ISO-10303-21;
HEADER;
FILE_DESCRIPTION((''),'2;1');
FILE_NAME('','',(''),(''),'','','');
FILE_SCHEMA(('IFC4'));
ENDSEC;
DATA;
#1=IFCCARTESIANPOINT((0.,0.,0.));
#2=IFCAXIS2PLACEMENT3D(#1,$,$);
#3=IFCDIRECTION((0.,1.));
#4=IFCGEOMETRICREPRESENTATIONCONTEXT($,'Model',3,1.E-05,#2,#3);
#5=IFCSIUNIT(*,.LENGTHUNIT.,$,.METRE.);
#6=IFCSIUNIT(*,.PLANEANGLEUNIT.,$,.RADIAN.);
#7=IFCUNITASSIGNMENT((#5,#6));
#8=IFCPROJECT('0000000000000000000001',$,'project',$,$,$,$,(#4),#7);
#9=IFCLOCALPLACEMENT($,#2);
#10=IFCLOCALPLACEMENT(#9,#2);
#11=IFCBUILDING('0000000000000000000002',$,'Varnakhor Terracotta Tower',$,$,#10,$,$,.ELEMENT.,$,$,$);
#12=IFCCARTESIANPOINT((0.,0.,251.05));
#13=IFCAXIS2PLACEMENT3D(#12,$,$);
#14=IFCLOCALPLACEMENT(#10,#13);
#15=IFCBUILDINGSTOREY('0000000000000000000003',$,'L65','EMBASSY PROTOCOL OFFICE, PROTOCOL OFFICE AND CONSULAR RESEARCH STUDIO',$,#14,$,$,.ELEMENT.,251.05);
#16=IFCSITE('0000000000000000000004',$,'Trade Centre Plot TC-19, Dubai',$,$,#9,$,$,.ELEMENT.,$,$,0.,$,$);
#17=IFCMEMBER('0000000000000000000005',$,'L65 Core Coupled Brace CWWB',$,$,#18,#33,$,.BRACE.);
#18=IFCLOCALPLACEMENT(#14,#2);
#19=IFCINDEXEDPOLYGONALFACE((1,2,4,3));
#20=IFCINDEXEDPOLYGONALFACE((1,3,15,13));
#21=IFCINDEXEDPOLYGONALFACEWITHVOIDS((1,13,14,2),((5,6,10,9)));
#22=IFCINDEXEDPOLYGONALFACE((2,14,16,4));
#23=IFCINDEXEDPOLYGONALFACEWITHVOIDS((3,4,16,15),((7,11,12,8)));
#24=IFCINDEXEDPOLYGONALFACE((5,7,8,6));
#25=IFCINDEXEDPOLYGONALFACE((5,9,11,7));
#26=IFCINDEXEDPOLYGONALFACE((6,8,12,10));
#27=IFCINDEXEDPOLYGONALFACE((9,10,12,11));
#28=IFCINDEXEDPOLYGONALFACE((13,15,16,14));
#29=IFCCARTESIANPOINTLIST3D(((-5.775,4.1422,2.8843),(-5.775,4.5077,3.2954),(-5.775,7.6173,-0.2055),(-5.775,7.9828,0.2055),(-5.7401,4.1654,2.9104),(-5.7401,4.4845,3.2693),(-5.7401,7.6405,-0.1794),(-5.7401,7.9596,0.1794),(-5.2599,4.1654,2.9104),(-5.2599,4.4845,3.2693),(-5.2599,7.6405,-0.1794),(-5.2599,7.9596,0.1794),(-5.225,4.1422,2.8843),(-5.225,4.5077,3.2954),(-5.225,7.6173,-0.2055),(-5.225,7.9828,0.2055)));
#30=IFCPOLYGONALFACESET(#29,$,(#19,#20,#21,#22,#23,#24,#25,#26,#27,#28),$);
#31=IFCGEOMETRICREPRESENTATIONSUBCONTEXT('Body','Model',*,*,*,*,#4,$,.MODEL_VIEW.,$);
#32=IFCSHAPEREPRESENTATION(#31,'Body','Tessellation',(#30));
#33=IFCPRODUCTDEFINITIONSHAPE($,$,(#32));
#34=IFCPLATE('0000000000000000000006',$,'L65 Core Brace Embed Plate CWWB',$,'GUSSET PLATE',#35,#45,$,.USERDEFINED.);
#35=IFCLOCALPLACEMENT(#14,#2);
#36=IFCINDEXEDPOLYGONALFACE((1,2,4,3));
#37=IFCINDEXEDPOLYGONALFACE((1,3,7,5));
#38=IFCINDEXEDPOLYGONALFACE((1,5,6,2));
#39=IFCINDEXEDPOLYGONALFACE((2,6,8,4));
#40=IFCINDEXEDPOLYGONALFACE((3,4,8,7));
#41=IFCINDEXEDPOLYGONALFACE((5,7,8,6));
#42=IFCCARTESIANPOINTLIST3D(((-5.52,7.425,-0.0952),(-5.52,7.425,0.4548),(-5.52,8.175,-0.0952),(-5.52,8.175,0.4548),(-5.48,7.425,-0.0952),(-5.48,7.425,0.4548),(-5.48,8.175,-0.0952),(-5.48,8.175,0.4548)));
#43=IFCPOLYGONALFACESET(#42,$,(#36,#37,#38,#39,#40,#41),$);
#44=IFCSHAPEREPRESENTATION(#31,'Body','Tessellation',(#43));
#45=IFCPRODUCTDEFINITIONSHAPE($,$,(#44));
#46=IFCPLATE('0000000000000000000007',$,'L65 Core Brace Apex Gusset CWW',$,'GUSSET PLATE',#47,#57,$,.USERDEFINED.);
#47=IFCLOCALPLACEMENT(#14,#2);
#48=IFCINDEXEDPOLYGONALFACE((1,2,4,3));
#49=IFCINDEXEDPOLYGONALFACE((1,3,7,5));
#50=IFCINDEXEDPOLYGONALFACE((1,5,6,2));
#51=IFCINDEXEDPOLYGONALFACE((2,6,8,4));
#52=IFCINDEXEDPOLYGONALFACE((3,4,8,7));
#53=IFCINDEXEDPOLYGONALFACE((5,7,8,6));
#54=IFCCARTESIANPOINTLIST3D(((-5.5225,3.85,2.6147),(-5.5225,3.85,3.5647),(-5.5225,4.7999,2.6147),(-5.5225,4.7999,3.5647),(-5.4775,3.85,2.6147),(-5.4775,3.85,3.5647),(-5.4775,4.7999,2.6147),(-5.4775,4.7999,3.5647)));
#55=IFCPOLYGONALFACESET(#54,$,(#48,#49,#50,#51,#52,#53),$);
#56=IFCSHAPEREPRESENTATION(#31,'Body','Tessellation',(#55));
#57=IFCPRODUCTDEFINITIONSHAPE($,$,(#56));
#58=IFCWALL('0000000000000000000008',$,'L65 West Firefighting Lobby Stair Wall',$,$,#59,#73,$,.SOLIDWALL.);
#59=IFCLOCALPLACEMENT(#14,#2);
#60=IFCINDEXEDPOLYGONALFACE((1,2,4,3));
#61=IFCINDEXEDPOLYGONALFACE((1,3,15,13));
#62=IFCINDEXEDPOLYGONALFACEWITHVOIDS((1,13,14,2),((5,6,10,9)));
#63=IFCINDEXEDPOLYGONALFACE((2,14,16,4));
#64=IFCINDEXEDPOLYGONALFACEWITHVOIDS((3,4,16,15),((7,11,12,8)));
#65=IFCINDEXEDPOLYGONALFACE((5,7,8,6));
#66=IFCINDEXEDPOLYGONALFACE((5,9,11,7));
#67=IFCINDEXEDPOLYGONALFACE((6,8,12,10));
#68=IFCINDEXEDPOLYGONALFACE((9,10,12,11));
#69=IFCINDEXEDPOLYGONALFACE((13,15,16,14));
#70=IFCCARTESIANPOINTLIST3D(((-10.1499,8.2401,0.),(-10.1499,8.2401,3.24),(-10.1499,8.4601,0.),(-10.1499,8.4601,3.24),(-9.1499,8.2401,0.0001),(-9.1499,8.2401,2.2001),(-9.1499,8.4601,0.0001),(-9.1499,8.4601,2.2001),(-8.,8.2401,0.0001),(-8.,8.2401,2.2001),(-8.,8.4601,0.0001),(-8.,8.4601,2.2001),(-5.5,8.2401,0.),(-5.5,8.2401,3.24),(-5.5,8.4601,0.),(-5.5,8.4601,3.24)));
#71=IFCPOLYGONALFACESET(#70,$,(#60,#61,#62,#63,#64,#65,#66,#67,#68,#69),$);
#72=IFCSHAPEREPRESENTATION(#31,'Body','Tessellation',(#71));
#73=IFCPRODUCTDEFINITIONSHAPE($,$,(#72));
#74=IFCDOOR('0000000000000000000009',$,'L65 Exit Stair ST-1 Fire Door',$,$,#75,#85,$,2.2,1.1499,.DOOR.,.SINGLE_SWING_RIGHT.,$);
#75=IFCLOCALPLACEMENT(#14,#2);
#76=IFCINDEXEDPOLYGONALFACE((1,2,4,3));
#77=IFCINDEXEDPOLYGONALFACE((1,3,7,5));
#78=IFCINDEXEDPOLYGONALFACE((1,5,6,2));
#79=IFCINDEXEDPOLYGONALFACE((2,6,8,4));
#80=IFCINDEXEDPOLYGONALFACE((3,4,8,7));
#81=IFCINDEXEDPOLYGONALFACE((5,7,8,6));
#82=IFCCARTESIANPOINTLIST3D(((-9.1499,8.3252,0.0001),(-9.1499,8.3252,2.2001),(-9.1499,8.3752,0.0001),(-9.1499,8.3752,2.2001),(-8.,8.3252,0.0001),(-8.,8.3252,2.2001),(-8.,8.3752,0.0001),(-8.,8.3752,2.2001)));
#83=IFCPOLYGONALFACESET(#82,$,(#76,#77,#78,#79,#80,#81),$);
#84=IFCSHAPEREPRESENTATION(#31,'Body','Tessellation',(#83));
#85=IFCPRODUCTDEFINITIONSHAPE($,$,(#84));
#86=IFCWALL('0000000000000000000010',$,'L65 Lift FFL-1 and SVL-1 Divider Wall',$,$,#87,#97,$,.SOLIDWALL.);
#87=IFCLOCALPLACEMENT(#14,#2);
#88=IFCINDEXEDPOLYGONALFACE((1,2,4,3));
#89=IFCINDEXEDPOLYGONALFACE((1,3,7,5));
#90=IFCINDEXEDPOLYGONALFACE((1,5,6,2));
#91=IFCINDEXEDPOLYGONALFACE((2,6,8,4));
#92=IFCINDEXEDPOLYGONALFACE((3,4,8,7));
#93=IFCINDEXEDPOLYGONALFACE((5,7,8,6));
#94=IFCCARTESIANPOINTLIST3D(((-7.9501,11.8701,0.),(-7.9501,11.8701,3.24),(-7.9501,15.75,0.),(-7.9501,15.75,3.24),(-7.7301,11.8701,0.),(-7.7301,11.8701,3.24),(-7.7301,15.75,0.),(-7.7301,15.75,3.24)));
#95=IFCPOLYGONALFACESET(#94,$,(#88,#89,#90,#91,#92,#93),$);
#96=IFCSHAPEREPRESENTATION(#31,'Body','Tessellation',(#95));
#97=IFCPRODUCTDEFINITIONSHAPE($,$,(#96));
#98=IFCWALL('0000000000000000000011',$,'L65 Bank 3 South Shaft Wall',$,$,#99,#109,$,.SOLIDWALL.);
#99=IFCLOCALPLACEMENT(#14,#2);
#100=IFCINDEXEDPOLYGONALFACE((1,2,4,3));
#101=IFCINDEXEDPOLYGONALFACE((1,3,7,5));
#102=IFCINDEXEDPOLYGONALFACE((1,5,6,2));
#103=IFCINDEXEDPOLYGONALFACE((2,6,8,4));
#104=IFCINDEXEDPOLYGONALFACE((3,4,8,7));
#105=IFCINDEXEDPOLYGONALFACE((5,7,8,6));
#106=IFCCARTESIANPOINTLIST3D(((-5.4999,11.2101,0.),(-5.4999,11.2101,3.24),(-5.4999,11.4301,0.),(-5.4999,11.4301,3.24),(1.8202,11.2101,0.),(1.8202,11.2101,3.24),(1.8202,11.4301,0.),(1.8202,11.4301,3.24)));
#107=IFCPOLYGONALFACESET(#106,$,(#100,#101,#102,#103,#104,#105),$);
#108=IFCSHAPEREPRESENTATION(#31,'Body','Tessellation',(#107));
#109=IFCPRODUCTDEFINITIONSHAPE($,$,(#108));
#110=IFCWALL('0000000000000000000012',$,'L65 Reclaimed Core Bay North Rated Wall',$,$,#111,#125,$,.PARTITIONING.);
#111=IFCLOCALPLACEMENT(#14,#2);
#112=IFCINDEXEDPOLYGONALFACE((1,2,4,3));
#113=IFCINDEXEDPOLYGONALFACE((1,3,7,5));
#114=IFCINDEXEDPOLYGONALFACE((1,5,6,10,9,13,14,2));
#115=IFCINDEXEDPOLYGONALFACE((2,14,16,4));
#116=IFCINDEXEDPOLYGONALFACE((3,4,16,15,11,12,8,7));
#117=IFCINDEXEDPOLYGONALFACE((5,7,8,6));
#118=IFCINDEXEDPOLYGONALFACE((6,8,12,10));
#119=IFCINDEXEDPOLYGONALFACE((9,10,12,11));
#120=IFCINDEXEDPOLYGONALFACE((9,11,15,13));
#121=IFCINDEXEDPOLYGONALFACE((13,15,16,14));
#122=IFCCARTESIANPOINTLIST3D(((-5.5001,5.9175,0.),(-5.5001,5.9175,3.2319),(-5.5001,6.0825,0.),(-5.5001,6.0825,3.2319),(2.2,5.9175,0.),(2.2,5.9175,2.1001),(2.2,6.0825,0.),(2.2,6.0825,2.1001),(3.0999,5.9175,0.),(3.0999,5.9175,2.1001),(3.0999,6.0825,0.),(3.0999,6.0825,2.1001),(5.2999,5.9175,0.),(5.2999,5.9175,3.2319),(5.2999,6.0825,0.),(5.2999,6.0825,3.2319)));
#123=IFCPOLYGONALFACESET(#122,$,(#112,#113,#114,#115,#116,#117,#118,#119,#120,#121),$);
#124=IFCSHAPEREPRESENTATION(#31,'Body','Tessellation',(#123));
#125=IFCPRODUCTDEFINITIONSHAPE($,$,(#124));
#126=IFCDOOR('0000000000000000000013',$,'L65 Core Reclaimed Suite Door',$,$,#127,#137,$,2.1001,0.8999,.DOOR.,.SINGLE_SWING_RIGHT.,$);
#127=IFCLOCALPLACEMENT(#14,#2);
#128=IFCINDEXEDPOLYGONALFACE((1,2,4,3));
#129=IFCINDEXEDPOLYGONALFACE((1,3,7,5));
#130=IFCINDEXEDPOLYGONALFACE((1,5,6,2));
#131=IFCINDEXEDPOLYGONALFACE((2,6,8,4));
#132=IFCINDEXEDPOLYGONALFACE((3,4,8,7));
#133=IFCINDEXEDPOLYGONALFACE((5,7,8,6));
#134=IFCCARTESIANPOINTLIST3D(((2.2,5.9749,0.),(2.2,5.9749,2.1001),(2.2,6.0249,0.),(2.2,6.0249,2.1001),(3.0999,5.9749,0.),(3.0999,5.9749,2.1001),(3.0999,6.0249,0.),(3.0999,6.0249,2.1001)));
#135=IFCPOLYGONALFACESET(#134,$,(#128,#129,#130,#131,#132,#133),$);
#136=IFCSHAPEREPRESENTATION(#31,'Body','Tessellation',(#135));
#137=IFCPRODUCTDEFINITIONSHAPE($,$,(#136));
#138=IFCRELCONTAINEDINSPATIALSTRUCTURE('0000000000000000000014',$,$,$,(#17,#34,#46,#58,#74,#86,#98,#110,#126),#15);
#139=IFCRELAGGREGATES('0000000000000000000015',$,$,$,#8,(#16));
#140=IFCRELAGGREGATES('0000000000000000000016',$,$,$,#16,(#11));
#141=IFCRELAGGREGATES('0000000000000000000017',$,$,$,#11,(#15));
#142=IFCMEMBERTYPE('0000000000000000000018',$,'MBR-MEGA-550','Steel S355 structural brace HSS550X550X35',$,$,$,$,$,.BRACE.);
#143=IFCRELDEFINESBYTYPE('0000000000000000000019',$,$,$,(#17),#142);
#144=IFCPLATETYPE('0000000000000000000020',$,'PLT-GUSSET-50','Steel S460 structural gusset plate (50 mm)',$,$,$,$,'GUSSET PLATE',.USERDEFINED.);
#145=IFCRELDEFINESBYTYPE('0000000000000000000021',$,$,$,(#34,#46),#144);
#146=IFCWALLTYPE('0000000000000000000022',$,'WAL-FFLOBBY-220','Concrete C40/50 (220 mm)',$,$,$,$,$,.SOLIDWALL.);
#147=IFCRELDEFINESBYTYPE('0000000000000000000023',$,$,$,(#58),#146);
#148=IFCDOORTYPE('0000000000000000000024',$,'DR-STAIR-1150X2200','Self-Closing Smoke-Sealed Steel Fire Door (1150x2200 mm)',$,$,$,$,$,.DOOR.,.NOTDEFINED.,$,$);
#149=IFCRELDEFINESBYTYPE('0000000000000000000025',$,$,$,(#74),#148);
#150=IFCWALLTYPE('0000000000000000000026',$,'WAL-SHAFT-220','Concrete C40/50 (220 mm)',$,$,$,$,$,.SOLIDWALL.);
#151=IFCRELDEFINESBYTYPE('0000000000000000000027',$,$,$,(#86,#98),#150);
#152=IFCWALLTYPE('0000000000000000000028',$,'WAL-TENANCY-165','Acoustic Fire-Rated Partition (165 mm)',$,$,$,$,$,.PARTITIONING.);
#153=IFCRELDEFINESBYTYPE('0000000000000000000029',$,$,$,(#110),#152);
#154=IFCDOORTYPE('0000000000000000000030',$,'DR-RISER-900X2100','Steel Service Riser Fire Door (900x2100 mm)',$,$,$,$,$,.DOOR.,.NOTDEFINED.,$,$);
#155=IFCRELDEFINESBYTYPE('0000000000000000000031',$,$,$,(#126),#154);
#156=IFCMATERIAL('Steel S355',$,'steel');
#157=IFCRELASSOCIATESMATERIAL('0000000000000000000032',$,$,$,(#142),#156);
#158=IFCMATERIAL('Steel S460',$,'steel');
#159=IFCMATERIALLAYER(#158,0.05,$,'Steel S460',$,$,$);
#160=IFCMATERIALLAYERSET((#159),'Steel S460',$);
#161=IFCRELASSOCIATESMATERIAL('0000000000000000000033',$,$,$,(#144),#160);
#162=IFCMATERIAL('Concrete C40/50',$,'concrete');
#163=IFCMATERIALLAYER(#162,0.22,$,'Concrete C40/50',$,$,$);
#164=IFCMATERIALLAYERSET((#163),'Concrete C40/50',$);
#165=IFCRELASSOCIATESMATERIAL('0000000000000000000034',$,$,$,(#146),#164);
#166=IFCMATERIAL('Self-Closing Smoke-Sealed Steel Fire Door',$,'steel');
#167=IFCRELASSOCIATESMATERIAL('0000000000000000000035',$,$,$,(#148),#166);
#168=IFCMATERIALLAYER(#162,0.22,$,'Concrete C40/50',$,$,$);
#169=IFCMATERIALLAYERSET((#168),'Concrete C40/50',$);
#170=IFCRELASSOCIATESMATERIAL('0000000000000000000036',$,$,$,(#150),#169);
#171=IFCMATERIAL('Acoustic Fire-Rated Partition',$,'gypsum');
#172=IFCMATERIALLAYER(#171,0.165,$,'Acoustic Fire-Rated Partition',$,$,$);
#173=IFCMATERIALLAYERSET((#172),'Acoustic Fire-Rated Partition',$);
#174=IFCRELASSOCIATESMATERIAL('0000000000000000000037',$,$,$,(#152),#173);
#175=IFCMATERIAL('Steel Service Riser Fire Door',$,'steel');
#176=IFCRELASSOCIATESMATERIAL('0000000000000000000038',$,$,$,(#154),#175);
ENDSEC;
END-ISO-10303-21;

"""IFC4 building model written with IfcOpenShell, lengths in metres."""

from ifc_helpers import new_model, si_unit, direction, frame, frame_2d, origin, origin_2d, place, context, subcontext, project, spatial, rectangle, hollow_rectangle, extrude, source, transform, mapped, material, layer, layer_set, material_profile, profile_set, type_object, type_shapes, element, fill, save


model = new_model("IFC4")

# Units and contexts
model_context = context("Model", 3, precision=1e-05, world=origin(), true_north=direction((0.0, 1.0)))
body_context = subcontext(model_context, "Body", "Model", "MODEL_VIEW")
ifc_project = project(units=[si_unit("LENGTHUNIT", "METRE"), si_unit("PLANEANGLEUNIT", "RADIAN")], contexts=[model_context])

# Site, building, storey
site_placement = place(None, origin())
site = spatial("IfcSite", under=ifc_project, at=site_placement, Name="Trade Centre Plot TC-19, Dubai", CompositionType="ELEMENT", RefElevation=0.0)
building_placement = place(site_placement, origin())
building = spatial("IfcBuilding", under=site, at=building_placement, Name="Varnakhor Terracotta Tower", CompositionType="ELEMENT")
storey_placement = place(building_placement, frame((0.0, 0.0, 251.05)))
storey = spatial("IfcBuildingStorey", under=building, at=storey_placement, Name="L65", Description="EMBASSY PROTOCOL OFFICE, PROTOCOL OFFICE AND CONSULAR RESEARCH STUDIO", CompositionType="ELEMENT", Elevation=251.05)

# Member
ifc_material_1 = material(Name="Steel S355", Category="steel")
ifc_material_profile = material_profile(ifc_material_1, hollow_rectangle(XDim=0.55, YDim=0.55, WallThickness=0.0349, at=origin_2d()), Name="HSS550X550X35")
ifc_profile_set = profile_set([ifc_material_profile], Name="Steel S355")
member_type = type_object("IfcMemberType", Name="MBR-MEGA-550", Description="Steel S355 structural brace HSS550X550X35", PredefinedType="BRACE", material=ifc_profile_set)
shared_shape_1 = source(origin(), body_context, "Body", "SweptSolid", [
    extrude(hollow_rectangle(XDim=0.55, YDim=0.55, WallThickness=0.0349, at=origin_2d()), origin(), (0.0, 0.0, 1.0), 4.6501),
])
member_placement = place(storey_placement, frame((-5.5, 7.8, 0.0), z_axis=(0.0, -0.747317, 0.664468), x_axis=(1.0, 0.0, 0.0)))
element("IfcMember", 1, at=member_placement, inside=storey, type_object=member_type, Name="L65 Core Coupled Brace CWWB", PredefinedType="BRACE", context=body_context, shape_type="MappedRepresentation", body=[
    mapped(shared_shape_1, transform((0.0, 0.0, 0.0), scale=1.0)),
])

# Plates
ifc_material_2 = material(Name="Steel S460", Category="steel")
ifc_layer_1 = layer(ifc_material_2, 0.05, Name="Steel S460")
ifc_layer_set_1 = layer_set([ifc_layer_1], Name="Steel S460")
plate_type = type_object("IfcPlateType", Name="PLT-GUSSET-50", Description="Steel S460 structural gusset plate (50 mm)", ElementType="GUSSET PLATE", PredefinedType="USERDEFINED", material=ifc_layer_set_1)
shared_shape_2 = source(origin(), body_context, "Body", "SweptSolid", [
    extrude(rectangle(XDim=0.75, YDim=0.04, at=origin_2d()), origin(), (0.0, 0.0, 1.0), 0.55),
])
type_shapes(plate_type, [shared_shape_2])
plate_1_placement = place(storey_placement, frame((-5.5, 7.8, -0.0952), z_axis=(0.0, 0.0, 1.0), x_axis=(0.0, 1.0, 0.0)))
element("IfcPlate", 2, at=plate_1_placement, inside=storey, type_object=plate_type, Name="L65 Core Brace Embed Plate CWWB", ObjectType="GUSSET PLATE", PredefinedType="USERDEFINED", context=body_context, shape_type="MappedRepresentation", body=[
    mapped(shared_shape_2, transform((0.0, 0.0, 0.0), scale=1.0)),
])
shared_shape_3 = source(origin(), body_context, "Body", "SweptSolid", [
    extrude(rectangle(XDim=0.95, YDim=0.0449, at=origin_2d()), origin(), (0.0, 0.0, 1.0), 0.95),
])
plate_2_placement = place(storey_placement, frame((-5.5, 4.325, 2.6147), z_axis=(0.0, 0.0, 1.0), x_axis=(0.0, 1.0, 0.0)))
element("IfcPlate", 3, at=plate_2_placement, inside=storey, type_object=plate_type, Name="L65 Core Brace Apex Gusset CWW", ObjectType="GUSSET PLATE", PredefinedType="USERDEFINED", context=body_context, shape_type="MappedRepresentation", body=[
    mapped(shared_shape_3, transform((0.0, 0.0, 0.0), scale=1.0)),
])

# Wall, opening, door
ifc_material_3 = material(Name="Concrete C40/50", Category="concrete")
ifc_layer_2 = layer(ifc_material_3, 0.22, Name="Concrete C40/50")
ifc_layer_set_2 = layer_set([ifc_layer_2], Name="Concrete C40/50")
wall_type_1 = type_object("IfcWallType", Name="WAL-FFLOBBY-220", Description="Concrete C40/50 (220 mm)", PredefinedType="SOLIDWALL", material=ifc_layer_set_2)
wall_1_placement = place(storey_placement, frame((-5.5, 8.3501, 0.0), z_axis=(0.0, 0.0, 1.0), x_axis=(-1.0, 0.0, 0.0)))
wall_1 = element("IfcWall", 4, at=wall_1_placement, inside=storey, type_object=wall_type_1, Name="L65 West Firefighting Lobby Stair Wall", PredefinedType="SOLIDWALL", context=body_context, shape_type="SweptSolid", body=[
    extrude(rectangle(XDim=4.6499, YDim=0.22, at=frame_2d((2.325, 0.0))), origin(), (0.0, 0.0, 1.0), 3.24),
])
opening_1_placement = place(wall_1_placement, frame((2.5, 0.0, 0.0)))
opening_1 = element("IfcOpeningElement", 5, at=opening_1_placement, cuts=wall_1, PredefinedType="OPENING", context=body_context, shape_type="SweptSolid", body=[
    extrude(rectangle(XDim=1.1499, YDim=2.2, at=frame_2d((0.575, 1.1001))), frame((0.0, 0.1201, 0.0), z_axis=(0.0, -1.0, 0.0), x_axis=(1.0, 0.0, 0.0)), (0.0, 0.0, 1.0), 0.24),
])
ifc_material_4 = material(Name="Self-Closing Smoke-Sealed Steel Fire Door", Category="steel")
door_type_1 = type_object("IfcDoorType", Name="DR-STAIR-1150X2200", Description="Self-Closing Smoke-Sealed Steel Fire Door (1150x2200 mm)", OperationType="NOTDEFINED", PredefinedType="DOOR", material=ifc_material_4)
shared_shape_4 = source(origin(), body_context, "Body", "SweptSolid", [
    extrude(rectangle(XDim=1.1499, YDim=2.2, at=frame_2d((0.575, 1.1001))), frame((0.0, 0.0249, 0.0), z_axis=(0.0, -1.0, 0.0), x_axis=(1.0, 0.0, 0.0)), (0.0, 0.0, 1.0), 0.05),
])
type_shapes(door_type_1, [shared_shape_4])
door_1_placement = place(opening_1_placement, origin())
door_1 = element("IfcDoor", 6, at=door_1_placement, inside=storey, type_object=door_type_1, Name="L65 Exit Stair ST-1 Fire Door", OperationType="SINGLE_SWING_RIGHT", OverallHeight=2.2, OverallWidth=1.1499, PredefinedType="DOOR", context=body_context, shape_type="MappedRepresentation", body=[
    mapped(shared_shape_4, transform((0.0, 0.0, 0.0), scale=1.0)),
])
fill(opening_1, door_1)

# Walls
ifc_layer_3 = layer(ifc_material_3, 0.22, Name="Concrete C40/50")
ifc_layer_set_3 = layer_set([ifc_layer_3], Name="Concrete C40/50")
wall_type_2 = type_object("IfcWallType", Name="WAL-SHAFT-220", Description="Concrete C40/50 (220 mm)", PredefinedType="SOLIDWALL", material=ifc_layer_set_3)
wall_2_placement = place(storey_placement, frame((-7.8401, 11.8701, 0.0), z_axis=(0.0, 0.0, 1.0), x_axis=(0.0, 1.0, 0.0)))
element("IfcWall", 7, at=wall_2_placement, inside=storey, type_object=wall_type_2, Name="L65 Lift FFL-1 and SVL-1 Divider Wall", PredefinedType="SOLIDWALL", context=body_context, shape_type="SweptSolid", body=[
    extrude(rectangle(XDim=3.8799, YDim=0.22, at=frame_2d((1.9399, 0.0))), origin(), (0.0, 0.0, 1.0), 3.24),
])
wall_3_placement = place(storey_placement, frame((-5.5, 11.3201, 0.0), z_axis=(0.0, 0.0, 1.0), x_axis=(1.0, 0.0, 0.0)))
element("IfcWall", 8, at=wall_3_placement, inside=storey, type_object=wall_type_2, Name="L65 Bank 3 South Shaft Wall", PredefinedType="SOLIDWALL", context=body_context, shape_type="SweptSolid", body=[
    extrude(rectangle(XDim=7.3201, YDim=0.22, at=frame_2d((3.6602, 0.0))), origin(), (0.0, 0.0, 1.0), 3.24),
])

# Wall, opening, door
ifc_material_5 = material(Name="Acoustic Fire-Rated Partition", Category="gypsum")
ifc_layer_4 = layer(ifc_material_5, 0.165, Name="Acoustic Fire-Rated Partition")
ifc_layer_set_4 = layer_set([ifc_layer_4], Name="Acoustic Fire-Rated Partition")
wall_type_3 = type_object("IfcWallType", Name="WAL-TENANCY-165", Description="Acoustic Fire-Rated Partition (165 mm)", PredefinedType="PARTITIONING", material=ifc_layer_set_4)
wall_4_placement = place(storey_placement, frame((-5.5, 6.0, 0.0), z_axis=(0.0, 0.0, 1.0), x_axis=(1.0, 0.0, 0.0)))
wall_4 = element("IfcWall", 9, at=wall_4_placement, inside=storey, type_object=wall_type_3, Name="L65 Reclaimed Core Bay North Rated Wall", PredefinedType="PARTITIONING", context=body_context, shape_type="SweptSolid", body=[
    extrude(rectangle(XDim=10.8, YDim=0.165, at=frame_2d((5.3999, 0.0))), origin(), (0.0, 0.0, 1.0), 3.2319),
])
opening_2_placement = place(wall_4_placement, frame((7.7, 0.0, 0.0)))
opening_2 = element("IfcOpeningElement", 10, at=opening_2_placement, cuts=wall_4, PredefinedType="OPENING", context=body_context, shape_type="SweptSolid", body=[
    extrude(rectangle(XDim=0.8999, YDim=2.1001, at=frame_2d((0.45, 1.05))), frame((0.0, 0.0925, 0.0), z_axis=(0.0, -1.0, 0.0), x_axis=(1.0, 0.0, 0.0)), (0.0, 0.0, 1.0), 0.1851),
])
ifc_material_6 = material(Name="Steel Service Riser Fire Door", Category="steel")
door_type_2 = type_object("IfcDoorType", Name="DR-RISER-900X2100", Description="Steel Service Riser Fire Door (900x2100 mm)", OperationType="NOTDEFINED", PredefinedType="DOOR", material=ifc_material_6)
shared_shape_5 = source(origin(), body_context, "Body", "SweptSolid", [
    extrude(rectangle(XDim=0.8999, YDim=2.1001, at=frame_2d((0.45, 1.05))), frame((0.0, 0.0249, 0.0), z_axis=(0.0, -1.0, 0.0), x_axis=(1.0, 0.0, 0.0)), (0.0, 0.0, 1.0), 0.05),
])
type_shapes(door_type_2, [shared_shape_5])
door_2_placement = place(opening_2_placement, origin())
door_2 = element("IfcDoor", 11, at=door_2_placement, inside=storey, type_object=door_type_2, Name="L65 Core Reclaimed Suite Door", OperationType="SINGLE_SWING_RIGHT", OverallHeight=2.1001, OverallWidth=0.8999, PredefinedType="DOOR", context=body_context, shape_type="MappedRepresentation", body=[
    mapped(shared_shape_5, transform((0.0, 0.0, 0.0), scale=1.0)),
])
fill(opening_2, door_2)

save(model, "model.ifc")
